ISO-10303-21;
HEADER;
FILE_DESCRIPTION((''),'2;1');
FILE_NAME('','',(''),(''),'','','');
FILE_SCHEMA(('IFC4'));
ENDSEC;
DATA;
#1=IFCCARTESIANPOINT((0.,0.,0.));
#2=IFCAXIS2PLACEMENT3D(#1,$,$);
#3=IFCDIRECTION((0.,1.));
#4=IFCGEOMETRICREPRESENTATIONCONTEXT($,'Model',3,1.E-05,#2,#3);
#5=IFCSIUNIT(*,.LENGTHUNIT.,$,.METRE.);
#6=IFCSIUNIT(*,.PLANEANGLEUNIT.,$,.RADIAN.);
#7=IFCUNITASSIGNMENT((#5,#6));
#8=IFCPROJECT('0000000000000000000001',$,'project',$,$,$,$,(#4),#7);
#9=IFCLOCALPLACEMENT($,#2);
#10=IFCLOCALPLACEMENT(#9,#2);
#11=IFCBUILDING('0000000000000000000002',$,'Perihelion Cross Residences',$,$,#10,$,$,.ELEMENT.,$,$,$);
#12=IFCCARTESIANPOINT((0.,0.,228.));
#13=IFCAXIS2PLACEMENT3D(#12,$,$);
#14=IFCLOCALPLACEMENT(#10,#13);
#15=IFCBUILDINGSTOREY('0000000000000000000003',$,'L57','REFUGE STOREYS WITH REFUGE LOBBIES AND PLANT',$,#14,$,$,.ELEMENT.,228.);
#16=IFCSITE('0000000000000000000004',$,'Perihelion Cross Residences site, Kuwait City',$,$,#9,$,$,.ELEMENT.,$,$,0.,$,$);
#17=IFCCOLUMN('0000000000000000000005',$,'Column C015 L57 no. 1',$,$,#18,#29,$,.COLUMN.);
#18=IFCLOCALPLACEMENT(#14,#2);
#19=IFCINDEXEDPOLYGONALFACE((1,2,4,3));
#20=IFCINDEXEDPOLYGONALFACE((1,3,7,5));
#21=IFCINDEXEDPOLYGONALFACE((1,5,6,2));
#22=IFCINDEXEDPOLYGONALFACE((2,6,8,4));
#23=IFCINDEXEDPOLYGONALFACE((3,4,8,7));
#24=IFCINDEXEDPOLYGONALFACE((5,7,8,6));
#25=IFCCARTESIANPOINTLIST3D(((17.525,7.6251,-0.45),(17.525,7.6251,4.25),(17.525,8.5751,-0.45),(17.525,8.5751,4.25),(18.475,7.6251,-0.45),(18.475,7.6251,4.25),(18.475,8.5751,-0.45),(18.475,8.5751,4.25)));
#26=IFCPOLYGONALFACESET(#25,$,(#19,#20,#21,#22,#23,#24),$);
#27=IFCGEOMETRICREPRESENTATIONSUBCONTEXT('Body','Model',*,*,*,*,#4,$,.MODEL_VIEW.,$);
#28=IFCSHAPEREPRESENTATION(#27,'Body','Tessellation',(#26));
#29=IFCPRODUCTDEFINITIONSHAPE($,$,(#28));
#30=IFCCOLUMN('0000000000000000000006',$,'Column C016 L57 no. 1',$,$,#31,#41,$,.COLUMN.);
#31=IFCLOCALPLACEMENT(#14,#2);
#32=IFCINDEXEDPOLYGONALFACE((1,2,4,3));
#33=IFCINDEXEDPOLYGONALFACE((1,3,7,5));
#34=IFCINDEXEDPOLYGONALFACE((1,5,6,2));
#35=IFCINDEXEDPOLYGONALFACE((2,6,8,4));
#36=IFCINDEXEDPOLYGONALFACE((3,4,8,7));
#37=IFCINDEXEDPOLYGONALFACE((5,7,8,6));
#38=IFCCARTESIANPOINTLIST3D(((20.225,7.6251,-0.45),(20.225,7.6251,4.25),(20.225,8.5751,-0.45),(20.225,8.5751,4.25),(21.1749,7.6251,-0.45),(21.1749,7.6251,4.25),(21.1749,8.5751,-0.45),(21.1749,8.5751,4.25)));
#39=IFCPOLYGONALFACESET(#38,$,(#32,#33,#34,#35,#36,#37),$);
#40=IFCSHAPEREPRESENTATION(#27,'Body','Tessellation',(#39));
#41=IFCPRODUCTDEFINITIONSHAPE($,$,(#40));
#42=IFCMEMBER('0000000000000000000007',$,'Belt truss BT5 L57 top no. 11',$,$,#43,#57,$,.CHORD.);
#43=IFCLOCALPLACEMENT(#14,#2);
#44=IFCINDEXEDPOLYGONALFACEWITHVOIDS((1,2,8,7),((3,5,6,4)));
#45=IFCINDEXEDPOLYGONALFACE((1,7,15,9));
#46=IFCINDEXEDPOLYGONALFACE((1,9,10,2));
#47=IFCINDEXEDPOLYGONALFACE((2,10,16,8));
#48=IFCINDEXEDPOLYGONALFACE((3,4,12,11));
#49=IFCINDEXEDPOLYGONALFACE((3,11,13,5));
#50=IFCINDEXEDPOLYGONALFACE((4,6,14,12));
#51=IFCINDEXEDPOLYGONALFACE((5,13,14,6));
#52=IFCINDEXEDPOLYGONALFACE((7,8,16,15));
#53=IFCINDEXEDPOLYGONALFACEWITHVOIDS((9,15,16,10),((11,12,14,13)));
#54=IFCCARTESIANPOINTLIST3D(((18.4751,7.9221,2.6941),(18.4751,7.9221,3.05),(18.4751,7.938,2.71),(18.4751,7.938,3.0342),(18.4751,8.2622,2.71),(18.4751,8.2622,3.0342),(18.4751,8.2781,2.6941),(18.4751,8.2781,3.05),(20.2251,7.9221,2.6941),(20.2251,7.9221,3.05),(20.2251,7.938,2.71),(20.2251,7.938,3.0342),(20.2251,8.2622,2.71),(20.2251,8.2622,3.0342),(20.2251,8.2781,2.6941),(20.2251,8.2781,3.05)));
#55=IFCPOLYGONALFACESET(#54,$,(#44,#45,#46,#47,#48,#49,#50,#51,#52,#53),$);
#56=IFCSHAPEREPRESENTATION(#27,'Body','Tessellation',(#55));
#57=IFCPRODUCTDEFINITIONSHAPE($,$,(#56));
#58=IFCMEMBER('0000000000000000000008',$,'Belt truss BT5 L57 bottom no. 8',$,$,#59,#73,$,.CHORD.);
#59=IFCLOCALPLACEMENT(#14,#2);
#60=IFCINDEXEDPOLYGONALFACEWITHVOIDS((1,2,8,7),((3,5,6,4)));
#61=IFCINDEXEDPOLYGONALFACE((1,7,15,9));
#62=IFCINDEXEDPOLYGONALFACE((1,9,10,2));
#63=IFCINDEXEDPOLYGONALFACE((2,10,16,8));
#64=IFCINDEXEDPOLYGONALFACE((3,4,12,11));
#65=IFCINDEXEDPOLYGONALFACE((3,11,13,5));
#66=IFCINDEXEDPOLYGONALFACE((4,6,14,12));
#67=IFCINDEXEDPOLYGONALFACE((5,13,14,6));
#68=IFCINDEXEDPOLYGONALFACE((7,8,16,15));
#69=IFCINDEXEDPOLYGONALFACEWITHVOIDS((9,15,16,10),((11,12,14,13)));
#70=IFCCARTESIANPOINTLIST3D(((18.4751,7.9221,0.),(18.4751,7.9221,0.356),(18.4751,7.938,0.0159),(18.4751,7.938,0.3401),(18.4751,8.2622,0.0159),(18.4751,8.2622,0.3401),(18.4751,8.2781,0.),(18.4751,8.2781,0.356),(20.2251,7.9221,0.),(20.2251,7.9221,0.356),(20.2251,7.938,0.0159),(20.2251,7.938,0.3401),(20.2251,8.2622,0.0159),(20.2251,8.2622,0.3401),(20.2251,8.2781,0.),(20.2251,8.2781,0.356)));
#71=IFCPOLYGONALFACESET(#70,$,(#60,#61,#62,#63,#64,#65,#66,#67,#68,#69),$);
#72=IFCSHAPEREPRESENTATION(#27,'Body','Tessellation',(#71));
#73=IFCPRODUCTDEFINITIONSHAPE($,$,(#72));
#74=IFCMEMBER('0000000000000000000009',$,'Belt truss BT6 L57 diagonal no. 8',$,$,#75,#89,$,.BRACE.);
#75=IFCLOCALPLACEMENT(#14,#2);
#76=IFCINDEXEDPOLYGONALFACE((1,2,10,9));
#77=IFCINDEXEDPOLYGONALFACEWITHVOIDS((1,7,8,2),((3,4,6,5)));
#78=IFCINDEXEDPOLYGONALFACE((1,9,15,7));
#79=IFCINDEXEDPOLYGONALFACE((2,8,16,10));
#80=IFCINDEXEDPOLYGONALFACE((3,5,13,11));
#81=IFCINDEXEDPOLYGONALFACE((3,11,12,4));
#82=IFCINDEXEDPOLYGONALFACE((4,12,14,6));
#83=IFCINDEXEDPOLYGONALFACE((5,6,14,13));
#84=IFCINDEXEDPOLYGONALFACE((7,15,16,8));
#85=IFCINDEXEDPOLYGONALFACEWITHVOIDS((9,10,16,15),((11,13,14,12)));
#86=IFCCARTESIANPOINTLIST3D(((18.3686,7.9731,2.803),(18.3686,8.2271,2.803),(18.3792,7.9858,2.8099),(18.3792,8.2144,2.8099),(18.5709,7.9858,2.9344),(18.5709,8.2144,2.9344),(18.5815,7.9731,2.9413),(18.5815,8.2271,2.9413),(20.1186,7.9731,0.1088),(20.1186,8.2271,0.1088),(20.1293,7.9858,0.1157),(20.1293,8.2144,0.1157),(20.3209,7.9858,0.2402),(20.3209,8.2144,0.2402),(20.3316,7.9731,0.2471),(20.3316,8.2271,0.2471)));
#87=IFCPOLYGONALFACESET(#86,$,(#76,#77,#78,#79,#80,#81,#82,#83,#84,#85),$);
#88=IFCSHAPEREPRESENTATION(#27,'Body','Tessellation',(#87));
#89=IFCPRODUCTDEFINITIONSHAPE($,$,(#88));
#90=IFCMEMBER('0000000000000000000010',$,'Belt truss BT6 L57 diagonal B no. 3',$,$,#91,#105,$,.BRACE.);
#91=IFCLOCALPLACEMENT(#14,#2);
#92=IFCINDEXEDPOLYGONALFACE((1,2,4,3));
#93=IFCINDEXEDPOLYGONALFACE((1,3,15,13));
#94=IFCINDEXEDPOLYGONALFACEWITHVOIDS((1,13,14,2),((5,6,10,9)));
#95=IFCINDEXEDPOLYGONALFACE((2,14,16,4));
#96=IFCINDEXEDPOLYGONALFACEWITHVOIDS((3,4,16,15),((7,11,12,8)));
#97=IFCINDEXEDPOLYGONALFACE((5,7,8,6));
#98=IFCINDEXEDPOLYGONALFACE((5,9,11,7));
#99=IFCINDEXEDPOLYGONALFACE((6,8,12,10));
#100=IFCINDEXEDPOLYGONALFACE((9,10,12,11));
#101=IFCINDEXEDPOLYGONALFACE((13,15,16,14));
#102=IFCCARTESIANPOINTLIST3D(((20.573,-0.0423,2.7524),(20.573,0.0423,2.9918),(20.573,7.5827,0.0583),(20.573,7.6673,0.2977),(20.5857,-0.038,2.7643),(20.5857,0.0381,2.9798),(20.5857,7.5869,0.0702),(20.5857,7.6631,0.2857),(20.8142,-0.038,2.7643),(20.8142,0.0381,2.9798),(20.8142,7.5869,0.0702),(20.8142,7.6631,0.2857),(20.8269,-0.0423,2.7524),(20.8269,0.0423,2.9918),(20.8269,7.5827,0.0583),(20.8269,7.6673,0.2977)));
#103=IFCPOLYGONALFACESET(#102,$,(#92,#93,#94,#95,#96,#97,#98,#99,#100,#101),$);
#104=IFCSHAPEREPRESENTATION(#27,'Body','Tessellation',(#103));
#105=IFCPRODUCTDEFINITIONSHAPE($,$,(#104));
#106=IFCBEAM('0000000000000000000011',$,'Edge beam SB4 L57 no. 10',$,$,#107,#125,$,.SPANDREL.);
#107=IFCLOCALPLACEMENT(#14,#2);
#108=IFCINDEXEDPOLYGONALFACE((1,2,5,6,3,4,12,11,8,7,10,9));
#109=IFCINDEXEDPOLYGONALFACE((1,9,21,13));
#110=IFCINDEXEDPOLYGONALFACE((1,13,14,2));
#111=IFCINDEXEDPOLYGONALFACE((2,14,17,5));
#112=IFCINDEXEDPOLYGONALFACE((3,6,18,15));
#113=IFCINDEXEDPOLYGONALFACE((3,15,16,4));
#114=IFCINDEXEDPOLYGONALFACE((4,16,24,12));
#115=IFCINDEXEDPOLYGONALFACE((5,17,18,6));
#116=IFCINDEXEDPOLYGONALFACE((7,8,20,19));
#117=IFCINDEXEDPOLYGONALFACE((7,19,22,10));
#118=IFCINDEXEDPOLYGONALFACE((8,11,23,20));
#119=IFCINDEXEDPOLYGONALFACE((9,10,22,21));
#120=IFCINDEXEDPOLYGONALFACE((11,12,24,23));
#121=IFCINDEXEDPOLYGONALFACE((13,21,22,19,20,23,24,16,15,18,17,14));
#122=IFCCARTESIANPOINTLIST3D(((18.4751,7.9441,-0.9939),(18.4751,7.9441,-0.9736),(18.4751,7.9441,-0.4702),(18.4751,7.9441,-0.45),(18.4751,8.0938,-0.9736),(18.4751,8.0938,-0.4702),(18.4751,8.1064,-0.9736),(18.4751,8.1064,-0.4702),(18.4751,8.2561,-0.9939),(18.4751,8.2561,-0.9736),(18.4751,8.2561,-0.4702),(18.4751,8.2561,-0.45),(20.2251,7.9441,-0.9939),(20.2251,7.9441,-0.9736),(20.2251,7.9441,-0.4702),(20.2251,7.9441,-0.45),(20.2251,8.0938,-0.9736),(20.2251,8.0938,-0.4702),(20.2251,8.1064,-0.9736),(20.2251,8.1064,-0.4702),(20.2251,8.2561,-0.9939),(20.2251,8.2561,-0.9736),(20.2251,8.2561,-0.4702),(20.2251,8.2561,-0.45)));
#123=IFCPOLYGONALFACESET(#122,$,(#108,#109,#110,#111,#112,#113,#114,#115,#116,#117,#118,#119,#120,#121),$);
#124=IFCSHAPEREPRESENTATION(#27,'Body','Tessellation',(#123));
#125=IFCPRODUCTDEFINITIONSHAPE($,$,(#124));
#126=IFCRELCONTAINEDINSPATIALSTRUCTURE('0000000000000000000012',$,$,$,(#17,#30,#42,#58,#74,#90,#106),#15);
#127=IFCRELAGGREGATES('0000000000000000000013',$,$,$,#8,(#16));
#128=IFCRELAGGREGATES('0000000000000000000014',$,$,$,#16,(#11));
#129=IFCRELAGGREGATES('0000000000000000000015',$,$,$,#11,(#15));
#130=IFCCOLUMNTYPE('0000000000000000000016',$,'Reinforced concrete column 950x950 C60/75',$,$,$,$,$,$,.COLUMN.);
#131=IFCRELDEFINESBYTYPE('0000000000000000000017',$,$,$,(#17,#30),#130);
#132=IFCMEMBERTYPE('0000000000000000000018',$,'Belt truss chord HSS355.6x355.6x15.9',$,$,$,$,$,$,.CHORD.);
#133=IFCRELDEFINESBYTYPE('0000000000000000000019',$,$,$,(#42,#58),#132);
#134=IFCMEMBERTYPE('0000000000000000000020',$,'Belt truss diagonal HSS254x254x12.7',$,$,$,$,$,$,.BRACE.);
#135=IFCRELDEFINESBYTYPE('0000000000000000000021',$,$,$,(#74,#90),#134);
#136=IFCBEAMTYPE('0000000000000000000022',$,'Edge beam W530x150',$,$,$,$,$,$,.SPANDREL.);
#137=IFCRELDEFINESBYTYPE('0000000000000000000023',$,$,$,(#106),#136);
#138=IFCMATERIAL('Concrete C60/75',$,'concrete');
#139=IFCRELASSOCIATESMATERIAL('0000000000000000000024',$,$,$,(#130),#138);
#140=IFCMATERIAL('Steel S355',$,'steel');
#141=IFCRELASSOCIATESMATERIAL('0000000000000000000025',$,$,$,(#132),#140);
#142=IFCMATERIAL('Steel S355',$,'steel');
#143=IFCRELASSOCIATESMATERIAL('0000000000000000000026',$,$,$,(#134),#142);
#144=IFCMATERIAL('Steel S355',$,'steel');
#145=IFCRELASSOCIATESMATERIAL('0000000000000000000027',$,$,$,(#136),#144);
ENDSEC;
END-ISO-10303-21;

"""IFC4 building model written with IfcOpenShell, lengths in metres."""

from ifc_helpers import new_model, si_unit, direction, frame, origin, origin_2d, place, context, subcontext, project, spatial, rectangle, hollow_rectangle, i_section, extrude, material, material_profile, profile_set, type_object, element, save


model = new_model("IFC4")

# Units and contexts
model_context = context("Model", 3, precision=1e-05, world=origin(), true_north=direction((0.0, 1.0)))
body_context = subcontext(model_context, "Body", "Model", "MODEL_VIEW")
ifc_project = project(units=[si_unit("LENGTHUNIT", "METRE"), si_unit("PLANEANGLEUNIT", "RADIAN")], contexts=[model_context])

# Site, building, storey
site_placement = place(None, origin())
site = spatial("IfcSite", under=ifc_project, at=site_placement, Name="Perihelion Cross Residences site, Kuwait City", CompositionType="ELEMENT", RefElevation=0.0)
building_placement = place(site_placement, origin())
building = spatial("IfcBuilding", under=site, at=building_placement, Name="Perihelion Cross Residences", CompositionType="ELEMENT")
storey_placement = place(building_placement, frame((0.0, 0.0, 228.0)))
storey = spatial("IfcBuildingStorey", under=building, at=storey_placement, Name="L57", Description="REFUGE STOREYS WITH REFUGE LOBBIES AND PLANT", CompositionType="ELEMENT", Elevation=228.0)

# Columns
ifc_material_1 = material(Name="Concrete C60/75", Category="concrete")
ifc_material_profile_1 = material_profile(ifc_material_1, rectangle(XDim=0.95, YDim=0.95, at=origin_2d()), Name="RC 950x950")
ifc_profile_set_1 = profile_set([ifc_material_profile_1], Name="Concrete C60/75")
column_type = type_object("IfcColumnType", Name="Reinforced concrete column 950x950 C60/75", PredefinedType="COLUMN", material=ifc_profile_set_1)
for number, where, z_axis, x_axis, name in (
    (1, (18.0, 8.1001, -0.45), (0.0, 0.0, 1.0), (1.0, 0.0, 0.0), "Column C015 L57 no. 1"),
    (2, (20.7, 8.1001, -0.45), (0.0, 0.0, 1.0), (1.0, 0.0, 0.0), "Column C016 L57 no. 1"),
):
    element("IfcColumn", number, at=place(storey_placement, frame(where, z_axis=z_axis, x_axis=x_axis)), inside=storey, type_object=column_type, Name=name, PredefinedType="COLUMN", context=body_context, shape_type="SweptSolid", body=[
        extrude(rectangle(XDim=0.95, YDim=0.95, at=origin_2d()), origin(), (0.0, 0.0, 1.0), 4.7),
    ])

# Members
ifc_material_2 = material(Name="Steel S355", Category="steel")
ifc_material_profile_2 = material_profile(ifc_material_2, hollow_rectangle(XDim=0.356, YDim=0.356, WallThickness=0.0159, at=origin_2d()), Name="HSS355.6x355.6x15.9")
ifc_profile_set_2 = profile_set([ifc_material_profile_2], Name="Steel S355")
member_type_1 = type_object("IfcMemberType", Name="Belt truss chord HSS355.6x355.6x15.9", PredefinedType="CHORD", material=ifc_profile_set_2)
for number, where, z_axis, x_axis, name in (
    (3, (20.2251, 8.1001, 2.8721), (-1.0, 0.0, 0.0), (0.0, -1.0, 0.0), "Belt truss BT5 L57 top no. 11"),
    (4, (20.2251, 8.1001, 0.178), (-1.0, 0.0, 0.0), (0.0, -1.0, 0.0), "Belt truss BT5 L57 bottom no. 8"),
):
    element("IfcMember", number, at=place(storey_placement, frame(where, z_axis=z_axis, x_axis=x_axis)), inside=storey, type_object=member_type_1, Name=name, PredefinedType="CHORD", context=body_context, shape_type="SweptSolid", body=[
        extrude(hollow_rectangle(XDim=0.356, YDim=0.356, WallThickness=0.0159, at=origin_2d()), origin(), (0.0, 0.0, 1.0), 1.75),
    ])
ifc_material_3 = material(Name="Steel S355", Category="steel")
ifc_material_profile_3 = material_profile(ifc_material_3, hollow_rectangle(XDim=0.2539, YDim=0.2539, WallThickness=0.0127, at=origin_2d()), Name="HSS254x254x12.7")
ifc_profile_set_3 = profile_set([ifc_material_profile_3], Name="Steel S355")
member_type_2 = type_object("IfcMemberType", Name="Belt truss diagonal HSS254x254x12.7", PredefinedType="BRACE", material=ifc_profile_set_3)
member_1_placement = place(storey_placement, frame((20.2251, 8.1001, 0.178), z_axis=(-0.544735, 0.0, 0.838609), x_axis=(0.0, -1.0, 0.0)))
element("IfcMember", 5, at=member_1_placement, inside=storey, type_object=member_type_2, Name="Belt truss BT6 L57 diagonal no. 8", PredefinedType="BRACE", context=body_context, shape_type="SweptSolid", body=[
    extrude(hollow_rectangle(XDim=0.2539, YDim=0.2539, WallThickness=0.0127, at=origin_2d()), origin(), (0.0, 0.0, 1.0), 3.2126),
])
member_2_placement = place(storey_placement, frame((20.7, 7.625, 0.178), z_axis=(0.0, -0.942877, 0.333141), x_axis=(1.0, 0.0, 0.0)))
element("IfcMember", 6, at=member_2_placement, inside=storey, type_object=member_type_2, Name="Belt truss BT6 L57 diagonal B no. 3", PredefinedType="BRACE", context=body_context, shape_type="SweptSolid", body=[
    extrude(hollow_rectangle(XDim=0.2539, YDim=0.2539, WallThickness=0.0127, at=origin_2d()), origin(), (0.0, 0.0, 1.0), 8.0869),
])

# Beam
ifc_material_4 = material(Name="Steel S355", Category="steel")
ifc_material_profile_4 = material_profile(ifc_material_4, i_section(OverallWidth=0.312, OverallDepth=0.5439, WebThickness=0.0127, FlangeThickness=0.0203, at=origin_2d()), Name="W530x150")
ifc_profile_set_4 = profile_set([ifc_material_profile_4], Name="Steel S355")
beam_type = type_object("IfcBeamType", Name="Edge beam W530x150", PredefinedType="SPANDREL", material=ifc_profile_set_4)
beam_placement = place(storey_placement, frame((20.2251, 8.1001, -0.7219), z_axis=(-1.0, 0.0, 0.0), x_axis=(0.0, -1.0, 0.0)))
element("IfcBeam", 7, at=beam_placement, inside=storey, type_object=beam_type, Name="Edge beam SB4 L57 no. 10", PredefinedType="SPANDREL", context=body_context, shape_type="SweptSolid", body=[
    extrude(i_section(OverallWidth=0.312, OverallDepth=0.5439, WebThickness=0.0127, FlangeThickness=0.0203, at=origin_2d()), origin(), (0.0, 0.0, 1.0), 1.75),
])

save(model, "model.ifc")
